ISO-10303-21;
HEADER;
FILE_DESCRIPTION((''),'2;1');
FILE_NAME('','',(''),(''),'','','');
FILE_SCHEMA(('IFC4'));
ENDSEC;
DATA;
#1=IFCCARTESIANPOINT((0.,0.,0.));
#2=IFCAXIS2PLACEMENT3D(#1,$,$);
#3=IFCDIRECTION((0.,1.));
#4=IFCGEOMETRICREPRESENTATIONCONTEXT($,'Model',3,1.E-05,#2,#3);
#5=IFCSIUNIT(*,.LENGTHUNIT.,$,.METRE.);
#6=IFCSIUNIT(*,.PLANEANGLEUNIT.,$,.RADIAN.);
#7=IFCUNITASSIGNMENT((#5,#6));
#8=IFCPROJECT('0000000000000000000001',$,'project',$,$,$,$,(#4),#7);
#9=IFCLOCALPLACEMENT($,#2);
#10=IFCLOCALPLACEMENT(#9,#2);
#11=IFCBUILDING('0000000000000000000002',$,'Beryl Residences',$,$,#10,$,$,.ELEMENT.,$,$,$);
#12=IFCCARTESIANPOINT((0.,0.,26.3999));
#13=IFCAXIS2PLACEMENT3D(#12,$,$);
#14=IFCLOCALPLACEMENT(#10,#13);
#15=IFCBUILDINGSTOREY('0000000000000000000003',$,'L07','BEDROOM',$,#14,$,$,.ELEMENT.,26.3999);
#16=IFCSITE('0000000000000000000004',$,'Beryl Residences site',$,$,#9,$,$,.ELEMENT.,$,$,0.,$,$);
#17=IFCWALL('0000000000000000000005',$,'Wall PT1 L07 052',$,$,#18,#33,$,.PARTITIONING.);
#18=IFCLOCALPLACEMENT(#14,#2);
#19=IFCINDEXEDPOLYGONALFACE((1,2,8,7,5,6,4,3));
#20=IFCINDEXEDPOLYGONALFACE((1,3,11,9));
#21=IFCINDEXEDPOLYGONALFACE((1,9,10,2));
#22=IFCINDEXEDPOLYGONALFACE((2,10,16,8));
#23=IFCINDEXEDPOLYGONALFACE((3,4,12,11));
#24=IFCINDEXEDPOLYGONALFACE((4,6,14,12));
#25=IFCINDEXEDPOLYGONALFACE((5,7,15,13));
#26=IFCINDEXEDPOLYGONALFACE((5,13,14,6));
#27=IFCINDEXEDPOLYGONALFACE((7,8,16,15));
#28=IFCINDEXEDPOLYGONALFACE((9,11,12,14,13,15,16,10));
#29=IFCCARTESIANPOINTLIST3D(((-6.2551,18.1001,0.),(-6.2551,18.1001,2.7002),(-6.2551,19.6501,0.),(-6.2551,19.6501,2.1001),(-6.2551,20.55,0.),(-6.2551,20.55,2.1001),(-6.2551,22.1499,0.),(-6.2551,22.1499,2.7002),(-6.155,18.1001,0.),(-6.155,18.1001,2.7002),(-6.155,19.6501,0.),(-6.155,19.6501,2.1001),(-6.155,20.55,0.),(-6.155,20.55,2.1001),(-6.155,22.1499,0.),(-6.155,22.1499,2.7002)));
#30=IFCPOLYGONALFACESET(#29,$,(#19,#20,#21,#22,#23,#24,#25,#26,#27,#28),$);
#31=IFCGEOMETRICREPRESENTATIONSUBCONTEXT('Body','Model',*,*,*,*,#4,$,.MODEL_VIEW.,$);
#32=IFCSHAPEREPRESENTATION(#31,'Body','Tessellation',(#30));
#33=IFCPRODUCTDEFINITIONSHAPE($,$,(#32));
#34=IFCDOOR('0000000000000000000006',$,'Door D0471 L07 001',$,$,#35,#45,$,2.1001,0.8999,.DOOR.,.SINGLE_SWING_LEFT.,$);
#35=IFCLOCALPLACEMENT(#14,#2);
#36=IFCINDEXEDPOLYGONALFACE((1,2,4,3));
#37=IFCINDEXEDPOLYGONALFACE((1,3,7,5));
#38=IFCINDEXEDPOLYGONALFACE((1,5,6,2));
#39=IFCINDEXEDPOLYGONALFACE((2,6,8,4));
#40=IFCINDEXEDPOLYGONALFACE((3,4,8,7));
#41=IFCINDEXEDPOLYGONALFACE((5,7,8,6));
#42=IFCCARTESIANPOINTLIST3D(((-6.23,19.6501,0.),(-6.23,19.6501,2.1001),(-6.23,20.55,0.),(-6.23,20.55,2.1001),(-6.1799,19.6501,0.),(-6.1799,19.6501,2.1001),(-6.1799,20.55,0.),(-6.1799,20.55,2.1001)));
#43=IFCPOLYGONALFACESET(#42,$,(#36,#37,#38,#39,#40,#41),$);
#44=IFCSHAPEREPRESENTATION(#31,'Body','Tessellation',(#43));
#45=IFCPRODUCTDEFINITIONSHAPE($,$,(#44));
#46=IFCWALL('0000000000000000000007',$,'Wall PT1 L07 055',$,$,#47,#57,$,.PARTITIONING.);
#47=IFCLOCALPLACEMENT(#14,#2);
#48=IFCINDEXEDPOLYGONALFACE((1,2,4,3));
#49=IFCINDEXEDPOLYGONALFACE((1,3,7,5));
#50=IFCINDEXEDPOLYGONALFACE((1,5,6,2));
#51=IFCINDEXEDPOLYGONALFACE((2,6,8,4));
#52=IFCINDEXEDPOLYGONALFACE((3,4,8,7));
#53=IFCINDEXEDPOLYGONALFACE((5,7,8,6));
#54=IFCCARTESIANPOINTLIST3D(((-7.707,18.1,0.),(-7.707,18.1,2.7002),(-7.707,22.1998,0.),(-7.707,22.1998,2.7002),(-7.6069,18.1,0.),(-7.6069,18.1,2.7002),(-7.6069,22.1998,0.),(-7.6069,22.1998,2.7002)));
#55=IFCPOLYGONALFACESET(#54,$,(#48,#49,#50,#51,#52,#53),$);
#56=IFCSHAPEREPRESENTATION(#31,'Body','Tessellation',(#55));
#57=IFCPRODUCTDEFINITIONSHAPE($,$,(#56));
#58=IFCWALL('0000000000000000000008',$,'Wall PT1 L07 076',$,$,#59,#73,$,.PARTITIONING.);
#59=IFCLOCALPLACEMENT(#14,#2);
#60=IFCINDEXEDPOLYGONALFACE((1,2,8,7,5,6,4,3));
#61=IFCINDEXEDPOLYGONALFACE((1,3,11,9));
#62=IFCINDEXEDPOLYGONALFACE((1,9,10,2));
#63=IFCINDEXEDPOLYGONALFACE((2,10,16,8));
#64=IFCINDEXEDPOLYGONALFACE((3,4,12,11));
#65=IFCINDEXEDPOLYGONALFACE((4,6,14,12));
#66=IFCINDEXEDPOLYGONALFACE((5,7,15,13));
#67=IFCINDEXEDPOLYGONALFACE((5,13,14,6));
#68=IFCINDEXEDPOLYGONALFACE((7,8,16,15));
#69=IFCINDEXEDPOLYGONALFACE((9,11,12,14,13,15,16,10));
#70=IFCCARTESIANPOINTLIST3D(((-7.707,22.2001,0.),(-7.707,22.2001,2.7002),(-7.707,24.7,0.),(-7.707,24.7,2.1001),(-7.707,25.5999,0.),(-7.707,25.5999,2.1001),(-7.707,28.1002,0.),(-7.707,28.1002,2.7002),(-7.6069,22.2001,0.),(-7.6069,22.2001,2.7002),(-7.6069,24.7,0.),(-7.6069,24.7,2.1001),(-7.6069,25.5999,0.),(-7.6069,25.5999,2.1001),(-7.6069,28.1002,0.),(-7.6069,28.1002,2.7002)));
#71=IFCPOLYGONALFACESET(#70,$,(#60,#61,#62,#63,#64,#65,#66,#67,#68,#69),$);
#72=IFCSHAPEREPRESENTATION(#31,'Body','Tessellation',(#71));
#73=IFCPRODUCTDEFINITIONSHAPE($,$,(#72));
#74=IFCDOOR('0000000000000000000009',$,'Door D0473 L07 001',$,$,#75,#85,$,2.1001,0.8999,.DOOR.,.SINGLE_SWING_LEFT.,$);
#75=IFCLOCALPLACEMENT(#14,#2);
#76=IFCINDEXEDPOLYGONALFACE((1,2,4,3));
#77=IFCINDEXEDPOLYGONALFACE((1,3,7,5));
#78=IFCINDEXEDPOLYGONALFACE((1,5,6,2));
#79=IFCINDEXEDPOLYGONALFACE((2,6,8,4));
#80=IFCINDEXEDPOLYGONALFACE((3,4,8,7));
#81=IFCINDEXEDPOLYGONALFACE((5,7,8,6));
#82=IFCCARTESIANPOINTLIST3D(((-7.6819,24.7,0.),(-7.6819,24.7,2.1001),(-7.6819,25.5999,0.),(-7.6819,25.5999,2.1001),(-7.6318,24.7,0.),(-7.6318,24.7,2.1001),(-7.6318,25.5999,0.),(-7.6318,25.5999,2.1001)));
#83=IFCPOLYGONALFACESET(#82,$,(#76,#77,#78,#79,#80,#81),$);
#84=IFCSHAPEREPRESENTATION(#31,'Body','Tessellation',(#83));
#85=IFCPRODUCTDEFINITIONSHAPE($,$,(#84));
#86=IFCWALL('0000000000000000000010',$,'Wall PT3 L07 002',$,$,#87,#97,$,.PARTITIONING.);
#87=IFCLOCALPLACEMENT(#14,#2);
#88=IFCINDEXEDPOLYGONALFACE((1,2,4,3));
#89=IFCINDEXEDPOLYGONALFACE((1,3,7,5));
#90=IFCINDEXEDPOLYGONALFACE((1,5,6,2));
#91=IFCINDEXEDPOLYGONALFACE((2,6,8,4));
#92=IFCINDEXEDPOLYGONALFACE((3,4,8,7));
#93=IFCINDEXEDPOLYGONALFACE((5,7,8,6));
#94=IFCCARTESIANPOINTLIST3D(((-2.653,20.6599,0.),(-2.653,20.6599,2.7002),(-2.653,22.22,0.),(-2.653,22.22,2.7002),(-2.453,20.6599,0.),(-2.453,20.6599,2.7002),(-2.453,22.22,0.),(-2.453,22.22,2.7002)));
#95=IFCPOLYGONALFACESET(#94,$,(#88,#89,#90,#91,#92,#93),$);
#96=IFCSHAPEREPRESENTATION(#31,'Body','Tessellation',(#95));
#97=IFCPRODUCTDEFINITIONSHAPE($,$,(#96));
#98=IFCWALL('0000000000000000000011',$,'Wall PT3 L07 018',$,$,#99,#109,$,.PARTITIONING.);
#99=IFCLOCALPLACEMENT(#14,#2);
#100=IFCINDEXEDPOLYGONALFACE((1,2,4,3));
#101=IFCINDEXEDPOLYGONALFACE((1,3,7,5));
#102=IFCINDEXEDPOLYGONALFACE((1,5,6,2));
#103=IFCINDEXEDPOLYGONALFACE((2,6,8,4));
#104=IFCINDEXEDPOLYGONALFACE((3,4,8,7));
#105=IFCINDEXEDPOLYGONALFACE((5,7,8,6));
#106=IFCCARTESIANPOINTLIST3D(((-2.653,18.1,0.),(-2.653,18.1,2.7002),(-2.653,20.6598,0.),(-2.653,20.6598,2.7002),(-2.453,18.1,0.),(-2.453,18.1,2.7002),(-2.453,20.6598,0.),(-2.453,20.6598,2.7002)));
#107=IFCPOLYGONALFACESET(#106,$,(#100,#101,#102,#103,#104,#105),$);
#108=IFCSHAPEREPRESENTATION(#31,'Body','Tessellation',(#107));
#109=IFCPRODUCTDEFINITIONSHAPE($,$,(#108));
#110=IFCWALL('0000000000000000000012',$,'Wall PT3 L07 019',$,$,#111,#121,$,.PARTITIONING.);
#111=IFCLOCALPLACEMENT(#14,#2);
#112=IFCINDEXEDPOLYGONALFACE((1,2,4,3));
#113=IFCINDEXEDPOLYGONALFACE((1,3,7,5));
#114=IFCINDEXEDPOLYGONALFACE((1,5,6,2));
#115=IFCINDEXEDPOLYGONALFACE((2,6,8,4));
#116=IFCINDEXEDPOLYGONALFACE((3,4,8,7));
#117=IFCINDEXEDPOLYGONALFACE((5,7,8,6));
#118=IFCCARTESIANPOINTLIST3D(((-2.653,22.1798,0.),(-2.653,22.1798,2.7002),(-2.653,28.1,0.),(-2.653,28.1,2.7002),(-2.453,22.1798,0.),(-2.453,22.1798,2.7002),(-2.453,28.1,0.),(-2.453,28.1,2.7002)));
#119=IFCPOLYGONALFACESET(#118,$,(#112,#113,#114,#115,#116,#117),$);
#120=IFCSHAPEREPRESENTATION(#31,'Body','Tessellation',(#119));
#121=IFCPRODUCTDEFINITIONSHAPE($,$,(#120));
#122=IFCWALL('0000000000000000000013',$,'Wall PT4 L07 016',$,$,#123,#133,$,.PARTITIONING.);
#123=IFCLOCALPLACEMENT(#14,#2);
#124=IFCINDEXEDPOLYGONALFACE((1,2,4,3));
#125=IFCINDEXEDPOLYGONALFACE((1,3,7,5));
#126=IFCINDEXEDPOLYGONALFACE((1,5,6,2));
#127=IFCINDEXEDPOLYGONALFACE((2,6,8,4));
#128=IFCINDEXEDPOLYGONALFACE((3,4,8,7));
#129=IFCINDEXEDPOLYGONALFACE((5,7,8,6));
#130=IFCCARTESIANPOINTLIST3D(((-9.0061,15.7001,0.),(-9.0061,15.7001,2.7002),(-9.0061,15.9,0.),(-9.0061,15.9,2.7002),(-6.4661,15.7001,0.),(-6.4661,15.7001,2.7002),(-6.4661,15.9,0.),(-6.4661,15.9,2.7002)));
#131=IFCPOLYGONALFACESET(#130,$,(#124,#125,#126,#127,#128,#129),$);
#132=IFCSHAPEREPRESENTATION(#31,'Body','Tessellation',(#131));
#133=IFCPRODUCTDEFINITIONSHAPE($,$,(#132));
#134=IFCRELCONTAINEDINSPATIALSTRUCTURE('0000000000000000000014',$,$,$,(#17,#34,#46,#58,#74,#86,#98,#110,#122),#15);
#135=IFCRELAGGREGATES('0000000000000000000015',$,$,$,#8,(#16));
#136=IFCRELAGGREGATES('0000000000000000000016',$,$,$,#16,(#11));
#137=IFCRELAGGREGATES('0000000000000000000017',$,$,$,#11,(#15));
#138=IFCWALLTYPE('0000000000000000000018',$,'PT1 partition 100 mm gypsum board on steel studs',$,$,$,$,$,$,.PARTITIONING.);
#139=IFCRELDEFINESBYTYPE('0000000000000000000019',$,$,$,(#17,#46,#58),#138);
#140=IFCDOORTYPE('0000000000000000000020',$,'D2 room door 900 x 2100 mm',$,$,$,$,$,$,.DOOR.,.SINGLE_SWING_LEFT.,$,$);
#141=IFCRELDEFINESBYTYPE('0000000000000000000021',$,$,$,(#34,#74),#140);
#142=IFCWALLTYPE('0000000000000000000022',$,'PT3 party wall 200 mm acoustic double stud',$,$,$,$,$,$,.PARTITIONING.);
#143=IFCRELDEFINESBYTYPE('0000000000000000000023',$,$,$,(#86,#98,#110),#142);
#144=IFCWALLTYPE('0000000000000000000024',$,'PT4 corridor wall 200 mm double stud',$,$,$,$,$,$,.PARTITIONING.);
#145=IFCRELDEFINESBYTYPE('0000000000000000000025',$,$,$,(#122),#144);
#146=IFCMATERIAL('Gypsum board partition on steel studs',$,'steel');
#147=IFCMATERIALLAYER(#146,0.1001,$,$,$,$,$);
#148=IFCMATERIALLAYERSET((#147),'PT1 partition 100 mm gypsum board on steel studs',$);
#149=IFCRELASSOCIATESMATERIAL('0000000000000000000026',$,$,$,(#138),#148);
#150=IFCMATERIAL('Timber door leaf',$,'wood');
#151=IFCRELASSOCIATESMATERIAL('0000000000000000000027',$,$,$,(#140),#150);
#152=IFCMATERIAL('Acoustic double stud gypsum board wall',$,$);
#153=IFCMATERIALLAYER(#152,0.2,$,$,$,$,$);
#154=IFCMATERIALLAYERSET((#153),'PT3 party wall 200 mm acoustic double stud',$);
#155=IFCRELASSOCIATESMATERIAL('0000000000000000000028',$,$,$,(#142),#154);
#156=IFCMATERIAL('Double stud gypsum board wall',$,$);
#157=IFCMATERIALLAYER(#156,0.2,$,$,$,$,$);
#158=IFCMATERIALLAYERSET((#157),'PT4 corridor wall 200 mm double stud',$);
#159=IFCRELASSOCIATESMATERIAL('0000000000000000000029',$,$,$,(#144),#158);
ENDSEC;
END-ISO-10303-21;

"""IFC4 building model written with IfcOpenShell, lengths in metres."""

from ifc_helpers import new_model, si_unit, direction, frame, frame_2d, origin, place, context, subcontext, project, spatial, rectangle, extrude, material, layer, layer_set, type_object, element, fill, save


model = new_model("IFC4")

# Units and contexts
model_context = context("Model", 3, precision=1e-05, world=origin(), true_north=direction((0.0, 1.0)))
body_context = subcontext(model_context, "Body", "Model", "MODEL_VIEW")
ifc_project = project(units=[si_unit("LENGTHUNIT", "METRE"), si_unit("PLANEANGLEUNIT", "RADIAN")], contexts=[model_context])

# Site, building, storey
site_placement = place(None, origin())
site = spatial("IfcSite", under=ifc_project, at=site_placement, Name="Beryl Residences site", CompositionType="ELEMENT", RefElevation=0.0)
building_placement = place(site_placement, origin())
building = spatial("IfcBuilding", under=site, at=building_placement, Name="Beryl Residences", CompositionType="ELEMENT")
storey_placement = place(building_placement, frame((0.0, 0.0, 26.3999)))
storey = spatial("IfcBuildingStorey", under=building, at=storey_placement, Name="L07", Description="BEDROOM", CompositionType="ELEMENT", Elevation=26.3999)

# Shared definitions
ifc_material_1 = material(Name="Gypsum board partition on steel studs", Category="steel")
ifc_layer_1 = layer(ifc_material_1, 0.1001)
ifc_layer_set_1 = layer_set([ifc_layer_1], Name="PT1 partition 100 mm gypsum board on steel studs")
wall_type_1 = type_object("IfcWallType", Name="PT1 partition 100 mm gypsum board on steel studs", PredefinedType="PARTITIONING", material=ifc_layer_set_1)

# Wall, opening, door
ifc_material_2 = material(Name="Timber door leaf", Category="wood")
door_type_1 = type_object("IfcDoorType", Name="D2 room door 900 x 2100 mm", OperationType="SINGLE_SWING_LEFT", PredefinedType="DOOR", material=ifc_material_2)
wall_1_placement = place(storey_placement, frame((-6.2051, 18.1001, 0.0), z_axis=(0.0, 0.0, 1.0), x_axis=(0.0, 1.0, 0.0)))
wall_1 = element("IfcWall", 1, at=wall_1_placement, inside=storey, type_object=wall_type_1, Name="Wall PT1 L07 052", PredefinedType="PARTITIONING", context=body_context, shape_type="SweptSolid", body=[
    extrude(rectangle(XDim=4.0498, YDim=0.1001, at=frame_2d((2.0249, 0.0))), origin(), (0.0, 0.0, 1.0), 2.7002),
])
opening_1_placement = place(wall_1_placement, frame((1.55, 0.0, 0.0)))
opening_1 = element("IfcOpeningElement", 2, at=opening_1_placement, cuts=wall_1, PredefinedType="OPENING", context=body_context, shape_type="SweptSolid", body=[
    extrude(rectangle(XDim=0.8999, YDim=2.1001, at=frame_2d((0.45, 1.05))), frame((0.0, 0.0601, 0.0), z_axis=(0.0, -1.0, 0.0), x_axis=(1.0, 0.0, 0.0)), (0.0, 0.0, 1.0), 0.1201),
])
door_1_placement = place(opening_1_placement, origin())
door_1 = element("IfcDoor", 3, at=door_1_placement, inside=storey, type_object=door_type_1, Name="Door D0471 L07 001", OperationType="SINGLE_SWING_LEFT", OverallHeight=2.1001, OverallWidth=0.8999, PredefinedType="DOOR", context=body_context, shape_type="SweptSolid", body=[
    extrude(rectangle(XDim=0.8999, YDim=2.1001, at=frame_2d((0.45, 1.05))), frame((0.0, 0.0249, 0.0), z_axis=(0.0, -1.0, 0.0), x_axis=(1.0, 0.0, 0.0)), (0.0, 0.0, 1.0), 0.05),
])
fill(opening_1, door_1)

# Wall
wall_2_placement = place(storey_placement, frame((-7.657, 18.1001, 0.0), z_axis=(0.0, 0.0, 1.0), x_axis=(0.0, 1.0, 0.0)))
element("IfcWall", 4, at=wall_2_placement, inside=storey, type_object=wall_type_1, Name="Wall PT1 L07 055", PredefinedType="PARTITIONING", context=body_context, shape_type="SweptSolid", body=[
    extrude(rectangle(XDim=4.0999, YDim=0.1001, at=frame_2d((2.0498, 0.0))), origin(), (0.0, 0.0, 1.0), 2.7002),
])

# Wall, opening, door
wall_3_placement = place(storey_placement, frame((-7.657, 22.2, 0.0), z_axis=(0.0, 0.0, 1.0), x_axis=(0.0, 1.0, 0.0)))
wall_3 = element("IfcWall", 5, at=wall_3_placement, inside=storey, type_object=wall_type_1, Name="Wall PT1 L07 076", PredefinedType="PARTITIONING", context=body_context, shape_type="SweptSolid", body=[
    extrude(rectangle(XDim=5.9001, YDim=0.1001, at=frame_2d((2.9502, 0.0))), origin(), (0.0, 0.0, 1.0), 2.7002),
])
opening_2_placement = place(wall_3_placement, frame((2.5, 0.0, 0.0)))
opening_2 = element("IfcOpeningElement", 6, at=opening_2_placement, cuts=wall_3, PredefinedType="OPENING", context=body_context, shape_type="SweptSolid", body=[
    extrude(rectangle(XDim=0.8999, YDim=2.1001, at=frame_2d((0.45, 1.05))), frame((0.0, 0.0601, 0.0), z_axis=(0.0, -1.0, 0.0), x_axis=(1.0, 0.0, 0.0)), (0.0, 0.0, 1.0), 0.1201),
])
door_2_placement = place(opening_2_placement, origin())
door_2 = element("IfcDoor", 7, at=door_2_placement, inside=storey, type_object=door_type_1, Name="Door D0473 L07 001", OperationType="SINGLE_SWING_LEFT", OverallHeight=2.1001, OverallWidth=0.8999, PredefinedType="DOOR", context=body_context, shape_type="SweptSolid", body=[
    extrude(rectangle(XDim=0.8999, YDim=2.1001, at=frame_2d((0.45, 1.05))), frame((0.0, 0.0249, 0.0), z_axis=(0.0, -1.0, 0.0), x_axis=(1.0, 0.0, 0.0)), (0.0, 0.0, 1.0), 0.05),
])
fill(opening_2, door_2)

# Walls
ifc_material_3 = material(Name="Acoustic double stud gypsum board wall")
ifc_layer_2 = layer(ifc_material_3, 0.2)
ifc_layer_set_2 = layer_set([ifc_layer_2], Name="PT3 party wall 200 mm acoustic double stud")
wall_type_2 = type_object("IfcWallType", Name="PT3 party wall 200 mm acoustic double stud", PredefinedType="PARTITIONING", material=ifc_layer_set_2)
wall_4_placement = place(storey_placement, frame((-2.553, 22.22, 0.0), z_axis=(0.0, 0.0, 1.0), x_axis=(0.0, -1.0, 0.0)))
element("IfcWall", 8, at=wall_4_placement, inside=storey, type_object=wall_type_2, Name="Wall PT3 L07 002", PredefinedType="PARTITIONING", context=body_context, shape_type="SweptSolid", body=[
    extrude(rectangle(XDim=1.5601, YDim=0.2, at=frame_2d((0.78, 0.0))), origin(), (0.0, 0.0, 1.0), 2.7002),
])
wall_5_placement = place(storey_placement, frame((-2.553, 18.1001, 0.0), z_axis=(0.0, 0.0, 1.0), x_axis=(0.0, 1.0, 0.0)))
element("IfcWall", 9, at=wall_5_placement, inside=storey, type_object=wall_type_2, Name="Wall PT3 L07 018", PredefinedType="PARTITIONING", context=body_context, shape_type="SweptSolid", body=[
    extrude(rectangle(XDim=2.5598, YDim=0.2, at=frame_2d((1.2798, 0.0))), origin(), (0.0, 0.0, 1.0), 2.7002),
])
wall_6_placement = place(storey_placement, frame((-2.553, 22.1799, 0.0), z_axis=(0.0, 0.0, 1.0), x_axis=(0.0, 1.0, 0.0)))
element("IfcWall", 10, at=wall_6_placement, inside=storey, type_object=wall_type_2, Name="Wall PT3 L07 019", PredefinedType="PARTITIONING", context=body_context, shape_type="SweptSolid", body=[
    extrude(rectangle(XDim=5.9202, YDim=0.2, at=frame_2d((2.96, 0.0))), origin(), (0.0, 0.0, 1.0), 2.7002),
])
ifc_material_4 = material(Name="Double stud gypsum board wall")
ifc_layer_3 = layer(ifc_material_4, 0.2)
ifc_layer_set_3 = layer_set([ifc_layer_3], Name="PT4 corridor wall 200 mm double stud")
wall_type_3 = type_object("IfcWallType", Name="PT4 corridor wall 200 mm double stud", PredefinedType="PARTITIONING", material=ifc_layer_set_3)
wall_7_placement = place(storey_placement, frame((-9.0061, 15.8, 0.0), z_axis=(0.0, 0.0, 1.0), x_axis=(1.0, 0.0, 0.0)))
element("IfcWall", 11, at=wall_7_placement, inside=storey, type_object=wall_type_3, Name="Wall PT4 L07 016", PredefinedType="PARTITIONING", context=body_context, shape_type="SweptSolid", body=[
    extrude(rectangle(XDim=2.54, YDim=0.2, at=frame_2d((1.27, 0.0))), origin(), (0.0, 0.0, 1.0), 2.7002),
])

save(model, "model.ifc")
